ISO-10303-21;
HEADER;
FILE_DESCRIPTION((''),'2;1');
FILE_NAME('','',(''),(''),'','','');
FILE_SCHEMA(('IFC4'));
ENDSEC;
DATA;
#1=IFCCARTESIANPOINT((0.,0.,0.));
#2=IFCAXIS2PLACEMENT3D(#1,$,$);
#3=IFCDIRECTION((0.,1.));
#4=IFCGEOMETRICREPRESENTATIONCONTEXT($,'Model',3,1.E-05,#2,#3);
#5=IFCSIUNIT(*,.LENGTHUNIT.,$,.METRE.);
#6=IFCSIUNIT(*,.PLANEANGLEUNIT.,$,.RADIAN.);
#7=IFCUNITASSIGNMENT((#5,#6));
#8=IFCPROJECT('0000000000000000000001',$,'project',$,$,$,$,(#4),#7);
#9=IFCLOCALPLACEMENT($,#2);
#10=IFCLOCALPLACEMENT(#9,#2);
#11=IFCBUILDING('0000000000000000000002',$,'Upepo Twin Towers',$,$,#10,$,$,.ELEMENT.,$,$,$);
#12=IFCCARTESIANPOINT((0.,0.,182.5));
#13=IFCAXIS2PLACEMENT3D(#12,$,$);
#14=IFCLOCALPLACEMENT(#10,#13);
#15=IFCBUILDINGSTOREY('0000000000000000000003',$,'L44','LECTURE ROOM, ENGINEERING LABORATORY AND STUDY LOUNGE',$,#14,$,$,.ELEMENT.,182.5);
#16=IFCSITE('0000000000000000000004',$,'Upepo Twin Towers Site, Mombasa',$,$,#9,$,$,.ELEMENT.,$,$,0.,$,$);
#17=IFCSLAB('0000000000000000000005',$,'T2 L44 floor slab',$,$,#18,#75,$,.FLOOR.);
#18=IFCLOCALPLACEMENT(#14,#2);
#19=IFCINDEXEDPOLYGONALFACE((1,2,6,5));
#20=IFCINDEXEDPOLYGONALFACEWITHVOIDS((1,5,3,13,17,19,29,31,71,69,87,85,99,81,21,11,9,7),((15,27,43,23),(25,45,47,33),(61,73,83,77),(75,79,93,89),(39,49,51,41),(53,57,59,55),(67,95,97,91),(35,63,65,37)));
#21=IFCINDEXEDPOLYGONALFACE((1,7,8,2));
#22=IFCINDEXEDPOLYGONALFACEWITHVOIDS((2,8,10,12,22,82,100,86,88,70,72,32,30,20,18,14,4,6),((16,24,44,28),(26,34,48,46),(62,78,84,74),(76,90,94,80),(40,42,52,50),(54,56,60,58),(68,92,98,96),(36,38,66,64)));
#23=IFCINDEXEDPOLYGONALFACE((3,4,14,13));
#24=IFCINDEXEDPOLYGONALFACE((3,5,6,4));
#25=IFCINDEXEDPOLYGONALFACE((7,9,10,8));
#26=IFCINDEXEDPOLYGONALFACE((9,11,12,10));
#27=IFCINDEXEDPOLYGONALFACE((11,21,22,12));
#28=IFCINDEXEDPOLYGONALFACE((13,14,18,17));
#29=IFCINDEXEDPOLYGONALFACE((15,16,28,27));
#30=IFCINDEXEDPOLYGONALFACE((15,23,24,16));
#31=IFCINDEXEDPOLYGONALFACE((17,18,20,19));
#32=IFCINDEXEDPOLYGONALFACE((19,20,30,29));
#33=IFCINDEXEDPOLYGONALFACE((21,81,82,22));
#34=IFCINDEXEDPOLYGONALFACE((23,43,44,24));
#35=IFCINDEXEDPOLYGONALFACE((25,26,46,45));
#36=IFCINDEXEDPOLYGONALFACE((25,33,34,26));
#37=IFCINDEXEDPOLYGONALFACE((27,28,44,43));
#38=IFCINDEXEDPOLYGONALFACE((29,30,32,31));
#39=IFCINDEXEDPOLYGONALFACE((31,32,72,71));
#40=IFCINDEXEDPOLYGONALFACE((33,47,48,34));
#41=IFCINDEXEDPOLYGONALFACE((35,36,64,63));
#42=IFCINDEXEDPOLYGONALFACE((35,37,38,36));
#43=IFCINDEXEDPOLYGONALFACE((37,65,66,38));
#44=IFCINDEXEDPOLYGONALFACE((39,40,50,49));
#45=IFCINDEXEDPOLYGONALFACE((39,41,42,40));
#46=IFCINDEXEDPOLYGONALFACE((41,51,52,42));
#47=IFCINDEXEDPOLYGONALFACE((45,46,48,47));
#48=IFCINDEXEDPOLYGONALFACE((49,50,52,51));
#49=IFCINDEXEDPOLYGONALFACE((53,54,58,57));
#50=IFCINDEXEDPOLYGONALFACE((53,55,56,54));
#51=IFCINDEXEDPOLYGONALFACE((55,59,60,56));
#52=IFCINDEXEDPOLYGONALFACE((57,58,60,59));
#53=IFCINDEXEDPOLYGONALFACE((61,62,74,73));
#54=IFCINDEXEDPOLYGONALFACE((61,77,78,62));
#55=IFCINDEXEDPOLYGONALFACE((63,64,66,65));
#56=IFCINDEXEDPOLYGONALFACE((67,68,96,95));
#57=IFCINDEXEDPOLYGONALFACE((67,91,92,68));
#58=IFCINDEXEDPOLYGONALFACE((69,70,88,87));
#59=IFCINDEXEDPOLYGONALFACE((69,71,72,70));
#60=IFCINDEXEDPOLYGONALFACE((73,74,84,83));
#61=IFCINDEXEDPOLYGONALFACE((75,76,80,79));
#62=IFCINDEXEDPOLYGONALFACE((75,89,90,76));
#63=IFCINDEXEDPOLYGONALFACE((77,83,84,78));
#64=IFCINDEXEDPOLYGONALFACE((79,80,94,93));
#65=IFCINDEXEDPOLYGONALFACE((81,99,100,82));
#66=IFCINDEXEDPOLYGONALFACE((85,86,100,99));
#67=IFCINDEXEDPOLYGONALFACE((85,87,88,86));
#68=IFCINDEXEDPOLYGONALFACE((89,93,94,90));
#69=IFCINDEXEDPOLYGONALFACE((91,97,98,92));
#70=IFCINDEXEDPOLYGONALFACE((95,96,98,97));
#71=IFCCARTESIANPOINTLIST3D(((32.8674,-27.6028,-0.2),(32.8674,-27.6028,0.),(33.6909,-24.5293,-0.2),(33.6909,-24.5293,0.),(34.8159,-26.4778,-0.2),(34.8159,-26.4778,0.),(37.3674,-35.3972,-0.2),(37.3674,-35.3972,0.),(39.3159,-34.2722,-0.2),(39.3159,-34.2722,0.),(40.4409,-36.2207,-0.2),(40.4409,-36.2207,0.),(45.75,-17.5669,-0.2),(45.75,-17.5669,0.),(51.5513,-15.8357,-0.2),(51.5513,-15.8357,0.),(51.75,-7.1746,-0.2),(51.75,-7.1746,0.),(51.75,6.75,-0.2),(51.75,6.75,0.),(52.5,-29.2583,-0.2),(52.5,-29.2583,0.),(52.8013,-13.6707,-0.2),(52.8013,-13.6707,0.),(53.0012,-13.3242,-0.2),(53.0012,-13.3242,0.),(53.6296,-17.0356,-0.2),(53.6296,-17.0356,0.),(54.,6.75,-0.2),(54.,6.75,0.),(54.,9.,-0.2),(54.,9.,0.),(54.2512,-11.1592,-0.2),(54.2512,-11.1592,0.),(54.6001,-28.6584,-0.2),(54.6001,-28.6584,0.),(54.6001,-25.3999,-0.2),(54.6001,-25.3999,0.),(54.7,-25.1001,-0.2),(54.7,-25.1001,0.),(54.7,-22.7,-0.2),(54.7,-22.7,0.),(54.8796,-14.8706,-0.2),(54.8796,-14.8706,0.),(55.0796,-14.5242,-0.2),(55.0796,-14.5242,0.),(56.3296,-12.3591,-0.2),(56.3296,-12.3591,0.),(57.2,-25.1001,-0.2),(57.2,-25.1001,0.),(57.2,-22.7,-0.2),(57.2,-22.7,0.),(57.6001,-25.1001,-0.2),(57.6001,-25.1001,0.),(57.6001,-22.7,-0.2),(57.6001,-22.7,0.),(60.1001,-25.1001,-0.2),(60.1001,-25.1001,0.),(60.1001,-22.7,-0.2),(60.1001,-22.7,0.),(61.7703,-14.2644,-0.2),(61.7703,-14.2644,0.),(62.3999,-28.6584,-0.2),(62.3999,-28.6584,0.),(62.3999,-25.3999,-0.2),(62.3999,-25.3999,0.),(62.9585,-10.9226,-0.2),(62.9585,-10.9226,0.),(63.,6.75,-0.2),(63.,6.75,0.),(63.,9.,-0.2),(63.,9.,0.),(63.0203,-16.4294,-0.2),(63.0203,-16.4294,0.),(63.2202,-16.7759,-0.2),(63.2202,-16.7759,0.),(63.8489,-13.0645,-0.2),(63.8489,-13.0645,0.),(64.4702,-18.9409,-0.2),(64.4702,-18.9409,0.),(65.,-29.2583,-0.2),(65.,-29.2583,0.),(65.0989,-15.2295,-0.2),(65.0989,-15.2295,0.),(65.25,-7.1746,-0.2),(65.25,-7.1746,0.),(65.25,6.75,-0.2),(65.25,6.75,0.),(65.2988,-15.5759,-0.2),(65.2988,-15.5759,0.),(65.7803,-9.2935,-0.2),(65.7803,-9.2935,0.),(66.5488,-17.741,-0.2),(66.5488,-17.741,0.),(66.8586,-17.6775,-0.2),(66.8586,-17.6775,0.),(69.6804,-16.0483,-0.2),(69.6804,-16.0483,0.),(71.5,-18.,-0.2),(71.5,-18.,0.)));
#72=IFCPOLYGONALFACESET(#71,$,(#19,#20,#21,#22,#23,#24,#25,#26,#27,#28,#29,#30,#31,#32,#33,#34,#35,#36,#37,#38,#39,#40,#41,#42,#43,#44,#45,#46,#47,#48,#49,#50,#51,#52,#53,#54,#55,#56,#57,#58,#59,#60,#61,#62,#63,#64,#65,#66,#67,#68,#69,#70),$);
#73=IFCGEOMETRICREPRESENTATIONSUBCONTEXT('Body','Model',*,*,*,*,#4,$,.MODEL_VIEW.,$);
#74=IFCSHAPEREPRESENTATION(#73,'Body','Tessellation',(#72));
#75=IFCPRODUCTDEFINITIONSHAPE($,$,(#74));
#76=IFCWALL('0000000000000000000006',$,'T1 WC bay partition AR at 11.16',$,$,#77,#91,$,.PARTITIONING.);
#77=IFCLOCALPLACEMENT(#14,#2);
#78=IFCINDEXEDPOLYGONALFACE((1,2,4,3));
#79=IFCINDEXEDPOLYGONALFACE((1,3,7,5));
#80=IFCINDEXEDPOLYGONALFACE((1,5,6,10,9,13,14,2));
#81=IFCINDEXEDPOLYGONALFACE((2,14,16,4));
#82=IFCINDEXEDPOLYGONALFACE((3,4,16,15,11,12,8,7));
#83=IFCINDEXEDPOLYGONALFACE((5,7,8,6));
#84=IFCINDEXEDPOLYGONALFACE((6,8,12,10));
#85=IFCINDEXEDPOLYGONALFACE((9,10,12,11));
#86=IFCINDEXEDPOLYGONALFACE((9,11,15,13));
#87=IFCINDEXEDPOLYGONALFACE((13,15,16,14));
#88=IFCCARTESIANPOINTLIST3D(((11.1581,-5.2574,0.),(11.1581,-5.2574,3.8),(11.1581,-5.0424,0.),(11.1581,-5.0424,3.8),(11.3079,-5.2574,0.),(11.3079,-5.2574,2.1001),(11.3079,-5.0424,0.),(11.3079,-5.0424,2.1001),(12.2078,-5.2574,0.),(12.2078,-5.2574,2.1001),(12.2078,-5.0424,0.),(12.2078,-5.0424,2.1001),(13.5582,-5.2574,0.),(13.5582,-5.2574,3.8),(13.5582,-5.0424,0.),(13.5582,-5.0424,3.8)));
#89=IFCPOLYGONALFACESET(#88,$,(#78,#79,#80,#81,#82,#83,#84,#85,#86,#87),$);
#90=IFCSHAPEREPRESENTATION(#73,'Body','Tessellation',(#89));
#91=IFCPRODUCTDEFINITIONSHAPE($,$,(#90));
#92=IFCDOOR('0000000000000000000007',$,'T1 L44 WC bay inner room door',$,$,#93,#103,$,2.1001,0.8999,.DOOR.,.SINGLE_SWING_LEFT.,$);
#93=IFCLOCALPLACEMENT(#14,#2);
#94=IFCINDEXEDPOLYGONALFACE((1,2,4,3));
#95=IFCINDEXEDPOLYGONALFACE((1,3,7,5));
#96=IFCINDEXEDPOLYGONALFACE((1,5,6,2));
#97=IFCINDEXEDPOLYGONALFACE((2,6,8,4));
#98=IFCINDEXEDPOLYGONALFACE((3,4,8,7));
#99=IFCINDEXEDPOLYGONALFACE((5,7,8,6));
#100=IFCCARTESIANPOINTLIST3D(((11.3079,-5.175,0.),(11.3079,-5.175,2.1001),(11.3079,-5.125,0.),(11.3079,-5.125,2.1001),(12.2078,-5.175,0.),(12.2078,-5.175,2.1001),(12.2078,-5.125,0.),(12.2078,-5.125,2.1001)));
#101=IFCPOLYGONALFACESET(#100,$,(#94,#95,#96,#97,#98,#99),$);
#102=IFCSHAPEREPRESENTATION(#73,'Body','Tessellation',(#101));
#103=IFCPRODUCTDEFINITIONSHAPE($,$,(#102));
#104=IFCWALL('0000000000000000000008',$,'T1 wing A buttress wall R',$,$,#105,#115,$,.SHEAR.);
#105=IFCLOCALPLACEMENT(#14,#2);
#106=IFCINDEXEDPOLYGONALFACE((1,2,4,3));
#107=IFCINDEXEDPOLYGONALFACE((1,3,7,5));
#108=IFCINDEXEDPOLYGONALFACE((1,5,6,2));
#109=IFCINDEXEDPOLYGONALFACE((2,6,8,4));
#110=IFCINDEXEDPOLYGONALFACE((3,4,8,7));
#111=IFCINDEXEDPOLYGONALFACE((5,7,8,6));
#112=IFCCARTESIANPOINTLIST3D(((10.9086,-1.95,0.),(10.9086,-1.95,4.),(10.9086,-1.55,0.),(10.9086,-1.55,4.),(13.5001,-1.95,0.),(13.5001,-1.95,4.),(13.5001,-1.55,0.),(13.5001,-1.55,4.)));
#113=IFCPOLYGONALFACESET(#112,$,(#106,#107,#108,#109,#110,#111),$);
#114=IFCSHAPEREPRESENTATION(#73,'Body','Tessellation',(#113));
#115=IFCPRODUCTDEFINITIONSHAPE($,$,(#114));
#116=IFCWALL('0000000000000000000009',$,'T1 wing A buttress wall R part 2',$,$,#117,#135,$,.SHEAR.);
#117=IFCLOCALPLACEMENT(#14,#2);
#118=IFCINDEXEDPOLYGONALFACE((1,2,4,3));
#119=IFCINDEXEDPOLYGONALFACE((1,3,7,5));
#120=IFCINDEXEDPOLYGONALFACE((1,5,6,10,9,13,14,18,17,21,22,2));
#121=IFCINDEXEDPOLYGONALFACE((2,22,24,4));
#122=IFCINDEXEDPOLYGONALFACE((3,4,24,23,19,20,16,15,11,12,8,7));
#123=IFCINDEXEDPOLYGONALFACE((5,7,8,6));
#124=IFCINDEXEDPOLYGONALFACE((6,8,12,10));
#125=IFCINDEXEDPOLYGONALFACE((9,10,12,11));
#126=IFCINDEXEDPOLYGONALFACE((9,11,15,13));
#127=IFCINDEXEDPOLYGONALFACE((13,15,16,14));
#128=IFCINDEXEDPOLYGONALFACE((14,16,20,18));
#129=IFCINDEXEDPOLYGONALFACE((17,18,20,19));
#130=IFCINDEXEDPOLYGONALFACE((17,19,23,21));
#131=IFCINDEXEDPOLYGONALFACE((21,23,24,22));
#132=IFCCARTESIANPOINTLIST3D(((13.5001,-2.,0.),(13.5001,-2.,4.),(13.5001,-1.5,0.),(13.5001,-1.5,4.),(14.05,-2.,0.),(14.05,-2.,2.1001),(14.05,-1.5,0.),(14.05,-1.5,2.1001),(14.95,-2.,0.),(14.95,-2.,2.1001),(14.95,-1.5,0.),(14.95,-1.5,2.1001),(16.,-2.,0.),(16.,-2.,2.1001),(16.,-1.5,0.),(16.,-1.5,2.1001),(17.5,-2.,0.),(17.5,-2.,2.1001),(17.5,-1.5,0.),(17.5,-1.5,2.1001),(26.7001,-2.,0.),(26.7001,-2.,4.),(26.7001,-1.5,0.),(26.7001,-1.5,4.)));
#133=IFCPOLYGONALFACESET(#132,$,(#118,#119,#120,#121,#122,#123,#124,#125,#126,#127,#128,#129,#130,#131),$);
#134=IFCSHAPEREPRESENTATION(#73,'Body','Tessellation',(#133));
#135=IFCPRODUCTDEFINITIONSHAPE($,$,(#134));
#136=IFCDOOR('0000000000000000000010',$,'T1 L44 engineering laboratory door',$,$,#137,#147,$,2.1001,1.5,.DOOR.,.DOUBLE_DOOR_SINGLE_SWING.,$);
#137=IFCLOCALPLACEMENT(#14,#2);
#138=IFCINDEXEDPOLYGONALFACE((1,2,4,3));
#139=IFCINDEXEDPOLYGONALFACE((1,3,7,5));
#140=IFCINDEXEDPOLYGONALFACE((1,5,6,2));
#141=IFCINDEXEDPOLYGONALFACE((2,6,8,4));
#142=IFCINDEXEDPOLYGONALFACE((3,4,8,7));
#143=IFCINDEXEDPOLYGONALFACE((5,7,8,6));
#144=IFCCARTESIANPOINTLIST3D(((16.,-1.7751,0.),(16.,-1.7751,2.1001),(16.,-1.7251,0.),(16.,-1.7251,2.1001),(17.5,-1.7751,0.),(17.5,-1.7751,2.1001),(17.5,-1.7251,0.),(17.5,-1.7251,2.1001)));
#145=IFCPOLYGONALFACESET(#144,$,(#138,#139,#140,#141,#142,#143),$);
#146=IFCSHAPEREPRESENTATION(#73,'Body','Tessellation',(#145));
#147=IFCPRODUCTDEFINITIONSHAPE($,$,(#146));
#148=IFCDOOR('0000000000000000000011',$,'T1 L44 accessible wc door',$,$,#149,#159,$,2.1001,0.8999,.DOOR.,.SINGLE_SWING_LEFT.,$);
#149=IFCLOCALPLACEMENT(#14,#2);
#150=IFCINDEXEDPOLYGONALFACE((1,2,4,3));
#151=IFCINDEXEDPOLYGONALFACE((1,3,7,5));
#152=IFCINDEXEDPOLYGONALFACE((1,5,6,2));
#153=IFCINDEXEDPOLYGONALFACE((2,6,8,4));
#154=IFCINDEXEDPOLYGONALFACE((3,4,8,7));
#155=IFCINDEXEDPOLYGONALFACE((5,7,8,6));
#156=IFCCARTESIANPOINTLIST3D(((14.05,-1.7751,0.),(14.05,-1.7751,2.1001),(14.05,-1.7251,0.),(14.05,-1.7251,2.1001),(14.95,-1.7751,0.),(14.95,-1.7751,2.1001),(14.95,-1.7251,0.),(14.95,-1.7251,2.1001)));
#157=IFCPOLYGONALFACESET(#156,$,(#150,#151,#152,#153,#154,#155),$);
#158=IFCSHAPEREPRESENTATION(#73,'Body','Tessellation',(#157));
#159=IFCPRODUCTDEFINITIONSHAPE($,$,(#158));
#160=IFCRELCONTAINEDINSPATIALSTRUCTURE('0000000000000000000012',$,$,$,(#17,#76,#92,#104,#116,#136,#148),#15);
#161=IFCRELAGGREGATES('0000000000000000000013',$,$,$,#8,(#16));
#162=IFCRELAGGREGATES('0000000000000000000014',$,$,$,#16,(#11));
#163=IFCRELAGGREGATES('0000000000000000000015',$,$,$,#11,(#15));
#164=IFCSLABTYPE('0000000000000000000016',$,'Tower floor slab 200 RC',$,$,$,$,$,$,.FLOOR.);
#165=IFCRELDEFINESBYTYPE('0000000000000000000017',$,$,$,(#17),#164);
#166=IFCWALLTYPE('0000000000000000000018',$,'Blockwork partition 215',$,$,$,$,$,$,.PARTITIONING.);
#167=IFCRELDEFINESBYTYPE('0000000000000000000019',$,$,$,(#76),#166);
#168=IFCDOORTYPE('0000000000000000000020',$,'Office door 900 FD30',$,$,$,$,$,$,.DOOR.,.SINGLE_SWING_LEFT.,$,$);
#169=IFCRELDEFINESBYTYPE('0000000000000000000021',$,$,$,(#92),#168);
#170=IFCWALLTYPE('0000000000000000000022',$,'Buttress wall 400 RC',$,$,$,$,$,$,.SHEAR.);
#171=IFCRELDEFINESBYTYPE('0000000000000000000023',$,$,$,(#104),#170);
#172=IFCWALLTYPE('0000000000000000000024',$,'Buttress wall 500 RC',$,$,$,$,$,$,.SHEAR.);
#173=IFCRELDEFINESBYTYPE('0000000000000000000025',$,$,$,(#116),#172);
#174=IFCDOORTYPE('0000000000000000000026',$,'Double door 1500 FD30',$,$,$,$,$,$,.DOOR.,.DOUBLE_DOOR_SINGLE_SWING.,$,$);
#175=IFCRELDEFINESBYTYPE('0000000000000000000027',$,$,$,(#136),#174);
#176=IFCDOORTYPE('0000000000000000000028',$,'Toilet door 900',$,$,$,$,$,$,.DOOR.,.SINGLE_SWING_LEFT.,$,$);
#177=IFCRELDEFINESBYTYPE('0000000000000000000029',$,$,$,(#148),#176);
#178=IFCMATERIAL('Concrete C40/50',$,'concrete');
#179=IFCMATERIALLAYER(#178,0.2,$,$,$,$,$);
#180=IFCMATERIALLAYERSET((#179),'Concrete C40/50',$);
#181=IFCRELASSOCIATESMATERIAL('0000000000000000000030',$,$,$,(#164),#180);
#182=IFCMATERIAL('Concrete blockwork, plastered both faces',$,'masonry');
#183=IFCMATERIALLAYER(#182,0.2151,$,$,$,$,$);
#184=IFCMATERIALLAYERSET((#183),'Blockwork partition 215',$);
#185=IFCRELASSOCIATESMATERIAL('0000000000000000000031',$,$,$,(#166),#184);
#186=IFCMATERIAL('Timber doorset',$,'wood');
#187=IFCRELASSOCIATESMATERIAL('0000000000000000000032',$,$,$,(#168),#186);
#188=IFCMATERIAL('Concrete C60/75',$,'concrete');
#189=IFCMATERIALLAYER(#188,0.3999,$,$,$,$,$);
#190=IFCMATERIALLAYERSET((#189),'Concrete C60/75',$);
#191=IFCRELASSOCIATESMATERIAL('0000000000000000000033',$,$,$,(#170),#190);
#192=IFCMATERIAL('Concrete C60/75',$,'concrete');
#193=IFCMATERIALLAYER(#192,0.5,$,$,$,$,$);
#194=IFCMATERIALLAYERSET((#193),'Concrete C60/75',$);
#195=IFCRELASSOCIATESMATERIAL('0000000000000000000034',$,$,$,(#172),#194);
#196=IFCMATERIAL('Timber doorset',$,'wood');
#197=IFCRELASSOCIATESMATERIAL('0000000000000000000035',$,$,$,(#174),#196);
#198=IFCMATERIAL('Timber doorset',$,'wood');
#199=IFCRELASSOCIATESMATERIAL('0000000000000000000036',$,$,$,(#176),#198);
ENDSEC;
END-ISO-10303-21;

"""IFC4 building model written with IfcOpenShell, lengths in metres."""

from ifc_helpers import new_model, si_unit, direction, frame, frame_2d, origin, place, context, subcontext, project, spatial, polyline, rectangle, outline, extrude, material, layer, layer_set, type_object, element, fill, save


model = new_model("IFC4")

# Units and contexts
model_context = context("Model", 3, precision=1e-05, world=origin(), true_north=direction((0.0, 1.0)))
body_context = subcontext(model_context, "Body", "Model", "MODEL_VIEW")
ifc_project = project(units=[si_unit("LENGTHUNIT", "METRE"), si_unit("PLANEANGLEUNIT", "RADIAN")], contexts=[model_context])

# Site, building, storey
site_placement = place(None, origin())
site = spatial("IfcSite", under=ifc_project, at=site_placement, Name="Upepo Twin Towers Site, Mombasa", CompositionType="ELEMENT", RefElevation=0.0)
building_placement = place(site_placement, origin())
building = spatial("IfcBuilding", under=site, at=building_placement, Name="Upepo Twin Towers", CompositionType="ELEMENT")
storey_placement = place(building_placement, frame((0.0, 0.0, 182.5)))
storey = spatial("IfcBuildingStorey", under=building, at=storey_placement, Name="L44", Description="LECTURE ROOM, ENGINEERING LABORATORY AND STUDY LOUNGE", CompositionType="ELEMENT", Elevation=182.5)

# Slab
ifc_material_1 = material(Name="Concrete C40/50", Category="concrete")
ifc_layer_1 = layer(ifc_material_1, 0.2)
ifc_layer_set_1 = layer_set([ifc_layer_1], Name="Concrete C40/50")
slab_type_1 = type_object("IfcSlabType", Name="Tower floor slab 200 RC", PredefinedType="FLOOR", material=ifc_layer_set_1)
slab_1_placement = place(storey_placement, frame((0.0, 0.0, -0.2)))
element("IfcSlab", 1, at=slab_1_placement, inside=storey, type_object=slab_type_1, Name="T2 L44 floor slab", PredefinedType="FLOOR", context=body_context, shape_type="SweptSolid", body=[
    extrude(outline(polyline([(51.75, -7.1746), (51.75, 6.75), (54.0, 6.75), (54.0, 9.0), (63.0, 9.0), (63.0, 6.75), (65.25, 6.75), (65.25, -7.1746), (71.5, -18.0), (65.0, -29.2583), (52.5, -29.2583), (40.4409, -36.2207), (39.3159, -34.2722), (37.3674, -35.3972), (32.8674, -27.6028), (34.8159, -26.4778), (33.6909, -24.5293), (45.75, -17.5669), (51.75, -7.1746)]), holes=[polyline([(56.3296, -12.3591), (54.2512, -11.1592), (53.0012, -13.3242), (55.0796, -14.5242), (56.3296, -12.3591)]), polyline([(54.8796, -14.8706), (52.8013, -13.6707), (51.5513, -15.8357), (53.6296, -17.0356), (54.8796, -14.8706)]), polyline([(54.7, -22.7), (54.7, -25.1001), (57.2, -25.1001), (57.2, -22.7), (54.7, -22.7)]), polyline([(57.6001, -22.7), (57.6001, -25.1001), (60.1001, -25.1001), (60.1001, -22.7), (57.6001, -22.7)]), polyline([(54.6001, -25.3999), (54.6001, -28.6584), (62.3999, -28.6584), (62.3999, -25.3999), (54.6001, -25.3999)]), polyline([(64.4702, -18.9409), (66.5488, -17.741), (65.2988, -15.5759), (63.2202, -16.7759), (64.4702, -18.9409)]), polyline([(63.0203, -16.4294), (65.0989, -15.2295), (63.8489, -13.0645), (61.7703, -14.2644), (63.0203, -16.4294)]), polyline([(66.8586, -17.6775), (69.6804, -16.0483), (65.7803, -9.2935), (62.9585, -10.9226), (66.8586, -17.6775)])]), origin(), (0.0, 0.0, 1.0), 0.2),
])

# Wall, opening, door
ifc_material_2 = material(Name="Concrete blockwork, plastered both faces", Category="masonry")
ifc_layer_2 = layer(ifc_material_2, 0.2151)
ifc_layer_set_2 = layer_set([ifc_layer_2], Name="Blockwork partition 215")
wall_type_1 = type_object("IfcWallType", Name="Blockwork partition 215", PredefinedType="PARTITIONING", material=ifc_layer_set_2)
wall_1_placement = place(storey_placement, frame((11.158, -5.1499, 0.0), z_axis=(0.0, 0.0, 1.0), x_axis=(1.0, 0.0, 0.0)))
wall_1 = element("IfcWall", 2, at=wall_1_placement, inside=storey, type_object=wall_type_1, Name="T1 WC bay partition AR at 11.16", PredefinedType="PARTITIONING", context=body_context, shape_type="SweptSolid", body=[
    extrude(rectangle(XDim=2.4001, YDim=0.2151, at=frame_2d((1.2002, 0.0))), origin(), (0.0, 0.0, 1.0), 3.8),
])
opening_1_placement = place(wall_1_placement, frame((0.1499, 0.0, 0.0)))
opening_1 = element("IfcOpeningElement", 3, at=opening_1_placement, cuts=wall_1, PredefinedType="OPENING", context=body_context, shape_type="SweptSolid", body=[
    extrude(rectangle(XDim=0.8999, YDim=2.1001, at=frame_2d((0.45, 1.05))), frame((0.0, 0.1174, 0.0), z_axis=(0.0, -1.0, 0.0), x_axis=(1.0, 0.0, 0.0)), (0.0, 0.0, 1.0), 0.2351),
])
ifc_material_3 = material(Name="Timber doorset", Category="wood")
door_type_1 = type_object("IfcDoorType", Name="Office door 900 FD30", OperationType="SINGLE_SWING_LEFT", PredefinedType="DOOR", material=ifc_material_3)
door_1_placement = place(opening_1_placement, origin())
door_1 = element("IfcDoor", 4, at=door_1_placement, inside=storey, type_object=door_type_1, Name="T1 L44 WC bay inner room door", OperationType="SINGLE_SWING_LEFT", OverallHeight=2.1001, OverallWidth=0.8999, PredefinedType="DOOR", context=body_context, shape_type="SweptSolid", body=[
    extrude(rectangle(XDim=0.8999, YDim=2.1001, at=frame_2d((0.45, 1.05))), frame((0.0, 0.0249, 0.0), z_axis=(0.0, -1.0, 0.0), x_axis=(1.0, 0.0, 0.0)), (0.0, 0.0, 1.0), 0.05),
])
fill(opening_1, door_1)

# Wall
ifc_material_4 = material(Name="Concrete C60/75", Category="concrete")
ifc_layer_3 = layer(ifc_material_4, 0.3999)
ifc_layer_set_3 = layer_set([ifc_layer_3], Name="Concrete C60/75")
wall_type_2 = type_object("IfcWallType", Name="Buttress wall 400 RC", PredefinedType="SHEAR", material=ifc_layer_set_3)
wall_2_placement = place(storey_placement, frame((10.9084, -1.75, 0.0), z_axis=(0.0, 0.0, 1.0), x_axis=(1.0, 0.0, 0.0)))
element("IfcWall", 5, at=wall_2_placement, inside=storey, type_object=wall_type_2, Name="T1 wing A buttress wall R", PredefinedType="SHEAR", context=body_context, shape_type="SweptSolid", body=[
    extrude(rectangle(XDim=2.5916, YDim=0.3999, at=frame_2d((1.2959, 0.0))), origin(), (0.0, 0.0, 1.0), 4.0),
])

# Wall, openings, doors
ifc_material_5 = material(Name="Concrete C60/75", Category="concrete")
ifc_layer_4 = layer(ifc_material_5, 0.5)
ifc_layer_set_4 = layer_set([ifc_layer_4], Name="Concrete C60/75")
wall_type_3 = type_object("IfcWallType", Name="Buttress wall 500 RC", PredefinedType="SHEAR", material=ifc_layer_set_4)
wall_3_placement = place(storey_placement, frame((13.5, -1.75, 0.0), z_axis=(0.0, 0.0, 1.0), x_axis=(1.0, 0.0, 0.0)))
wall_3 = element("IfcWall", 6, at=wall_3_placement, inside=storey, type_object=wall_type_3, Name="T1 wing A buttress wall R part 2", PredefinedType="SHEAR", context=body_context, shape_type="SweptSolid", body=[
    extrude(rectangle(XDim=13.2, YDim=0.5, at=frame_2d((6.6001, 0.0))), origin(), (0.0, 0.0, 1.0), 4.0),
])
opening_2_placement = place(wall_3_placement, frame((0.55, 0.0, 0.0)))
opening_2 = element("IfcOpeningElement", 7, at=opening_2_placement, cuts=wall_3, PredefinedType="OPENING", context=body_context, shape_type="SweptSolid", body=[
    extrude(rectangle(XDim=0.8999, YDim=2.1001, at=frame_2d((0.45, 1.05))), frame((0.0, 0.26, 0.0), z_axis=(0.0, -1.0, 0.0), x_axis=(1.0, 0.0, 0.0)), (0.0, 0.0, 1.0), 0.52),
])
opening_3_placement = place(wall_3_placement, frame((2.5, 0.0, 0.0)))
opening_3 = element("IfcOpeningElement", 8, at=opening_3_placement, cuts=wall_3, PredefinedType="OPENING", context=body_context, shape_type="SweptSolid", body=[
    extrude(rectangle(XDim=1.5, YDim=2.1001, at=frame_2d((0.75, 1.05))), frame((0.0, 0.26, 0.0), z_axis=(0.0, -1.0, 0.0), x_axis=(1.0, 0.0, 0.0)), (0.0, 0.0, 1.0), 0.52),
])
ifc_material_6 = material(Name="Timber doorset", Category="wood")
door_type_2 = type_object("IfcDoorType", Name="Double door 1500 FD30", OperationType="DOUBLE_DOOR_SINGLE_SWING", PredefinedType="DOOR", material=ifc_material_6)
door_2_placement = place(opening_3_placement, origin())
door_2 = element("IfcDoor", 9, at=door_2_placement, inside=storey, type_object=door_type_2, Name="T1 L44 engineering laboratory door", OperationType="DOUBLE_DOOR_SINGLE_SWING", OverallHeight=2.1001, OverallWidth=1.5, PredefinedType="DOOR", context=body_context, shape_type="SweptSolid", body=[
    extrude(rectangle(XDim=1.5, YDim=2.1001, at=frame_2d((0.75, 1.05))), frame((0.0, 0.0249, 0.0), z_axis=(0.0, -1.0, 0.0), x_axis=(1.0, 0.0, 0.0)), (0.0, 0.0, 1.0), 0.05),
])
fill(opening_3, door_2)
ifc_material_7 = material(Name="Timber doorset", Category="wood")
door_type_3 = type_object("IfcDoorType", Name="Toilet door 900", OperationType="SINGLE_SWING_LEFT", PredefinedType="DOOR", material=ifc_material_7)
door_3_placement = place(opening_2_placement, origin())
door_3 = element("IfcDoor", 10, at=door_3_placement, inside=storey, type_object=door_type_3, Name="T1 L44 accessible wc door", OperationType="SINGLE_SWING_LEFT", OverallHeight=2.1001, OverallWidth=0.8999, PredefinedType="DOOR", context=body_context, shape_type="SweptSolid", body=[
    extrude(rectangle(XDim=0.8999, YDim=2.1001, at=frame_2d((0.45, 1.05))), frame((0.0, 0.0249, 0.0), z_axis=(0.0, -1.0, 0.0), x_axis=(1.0, 0.0, 0.0)), (0.0, 0.0, 1.0), 0.05),
])
fill(opening_2, door_3)

save(model, "model.ifc")
